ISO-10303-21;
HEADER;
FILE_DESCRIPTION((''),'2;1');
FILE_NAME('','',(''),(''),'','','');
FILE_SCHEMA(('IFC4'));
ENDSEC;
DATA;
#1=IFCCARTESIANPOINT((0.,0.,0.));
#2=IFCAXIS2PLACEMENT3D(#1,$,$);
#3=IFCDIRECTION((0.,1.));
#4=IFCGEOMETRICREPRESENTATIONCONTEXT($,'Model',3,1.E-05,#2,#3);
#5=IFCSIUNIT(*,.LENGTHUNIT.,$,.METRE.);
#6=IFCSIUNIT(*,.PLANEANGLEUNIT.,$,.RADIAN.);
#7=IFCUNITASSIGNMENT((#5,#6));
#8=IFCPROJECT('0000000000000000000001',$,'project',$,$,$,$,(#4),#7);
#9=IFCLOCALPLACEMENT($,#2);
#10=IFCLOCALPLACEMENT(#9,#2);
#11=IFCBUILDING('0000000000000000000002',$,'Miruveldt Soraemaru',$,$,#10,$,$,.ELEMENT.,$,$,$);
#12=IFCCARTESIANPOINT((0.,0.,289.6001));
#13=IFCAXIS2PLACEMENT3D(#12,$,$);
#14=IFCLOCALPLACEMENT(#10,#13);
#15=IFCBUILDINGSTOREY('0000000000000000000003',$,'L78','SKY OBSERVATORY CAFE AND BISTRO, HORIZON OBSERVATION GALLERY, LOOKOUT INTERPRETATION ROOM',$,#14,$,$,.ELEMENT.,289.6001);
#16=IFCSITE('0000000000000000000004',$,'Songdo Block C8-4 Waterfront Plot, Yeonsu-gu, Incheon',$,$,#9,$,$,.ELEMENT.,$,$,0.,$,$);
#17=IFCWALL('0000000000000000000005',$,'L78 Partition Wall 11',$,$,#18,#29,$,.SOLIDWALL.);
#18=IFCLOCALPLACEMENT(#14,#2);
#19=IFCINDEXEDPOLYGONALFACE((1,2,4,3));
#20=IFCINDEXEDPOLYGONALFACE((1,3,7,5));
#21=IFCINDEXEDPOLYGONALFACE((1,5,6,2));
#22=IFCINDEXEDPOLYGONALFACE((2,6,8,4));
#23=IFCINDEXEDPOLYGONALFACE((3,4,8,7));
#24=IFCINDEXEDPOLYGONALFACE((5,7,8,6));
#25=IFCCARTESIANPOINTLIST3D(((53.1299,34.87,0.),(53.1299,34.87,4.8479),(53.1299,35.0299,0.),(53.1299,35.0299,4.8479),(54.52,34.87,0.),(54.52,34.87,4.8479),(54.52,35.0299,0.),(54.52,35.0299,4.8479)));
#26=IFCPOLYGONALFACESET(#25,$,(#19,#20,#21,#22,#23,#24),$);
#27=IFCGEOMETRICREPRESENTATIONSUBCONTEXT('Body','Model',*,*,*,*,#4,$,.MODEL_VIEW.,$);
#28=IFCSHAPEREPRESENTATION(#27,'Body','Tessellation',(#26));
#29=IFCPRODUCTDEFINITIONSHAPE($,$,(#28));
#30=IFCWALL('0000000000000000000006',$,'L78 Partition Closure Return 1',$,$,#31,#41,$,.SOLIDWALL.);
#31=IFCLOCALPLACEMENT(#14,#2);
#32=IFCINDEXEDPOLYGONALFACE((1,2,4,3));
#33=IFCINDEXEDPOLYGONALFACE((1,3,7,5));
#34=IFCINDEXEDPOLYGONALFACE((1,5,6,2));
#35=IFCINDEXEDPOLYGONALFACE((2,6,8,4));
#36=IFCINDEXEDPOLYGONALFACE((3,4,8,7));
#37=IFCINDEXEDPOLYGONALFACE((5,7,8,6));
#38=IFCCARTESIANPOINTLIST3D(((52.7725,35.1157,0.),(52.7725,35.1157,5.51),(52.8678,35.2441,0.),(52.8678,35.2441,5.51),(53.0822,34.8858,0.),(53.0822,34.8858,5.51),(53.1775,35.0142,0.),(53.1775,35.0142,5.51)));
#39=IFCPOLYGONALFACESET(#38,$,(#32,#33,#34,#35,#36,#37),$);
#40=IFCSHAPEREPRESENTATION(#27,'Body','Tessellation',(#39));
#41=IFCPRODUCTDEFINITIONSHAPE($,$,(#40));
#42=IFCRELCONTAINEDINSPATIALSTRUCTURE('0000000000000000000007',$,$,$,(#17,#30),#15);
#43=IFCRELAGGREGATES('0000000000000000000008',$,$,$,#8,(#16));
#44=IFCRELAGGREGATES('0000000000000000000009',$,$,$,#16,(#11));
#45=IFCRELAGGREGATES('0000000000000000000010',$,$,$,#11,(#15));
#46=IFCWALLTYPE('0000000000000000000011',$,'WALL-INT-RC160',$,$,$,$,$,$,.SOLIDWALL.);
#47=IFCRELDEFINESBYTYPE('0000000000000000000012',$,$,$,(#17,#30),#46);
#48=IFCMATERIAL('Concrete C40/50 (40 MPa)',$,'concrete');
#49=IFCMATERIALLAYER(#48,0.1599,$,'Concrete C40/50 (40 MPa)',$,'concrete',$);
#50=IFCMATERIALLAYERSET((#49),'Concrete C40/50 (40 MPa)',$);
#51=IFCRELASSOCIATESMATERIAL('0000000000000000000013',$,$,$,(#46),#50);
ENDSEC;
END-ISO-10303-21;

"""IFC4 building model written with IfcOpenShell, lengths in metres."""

from ifc_helpers import new_model, si_unit, direction, frame, frame_2d, origin, place, context, subcontext, project, spatial, rectangle, extrude, material, layer, layer_set, type_object, element, save


model = new_model("IFC4")

# Units and contexts
model_context = context("Model", 3, precision=1e-05, world=origin(), true_north=direction((0.0, 1.0)))
body_context = subcontext(model_context, "Body", "Model", "MODEL_VIEW")
ifc_project = project(units=[si_unit("LENGTHUNIT", "METRE"), si_unit("PLANEANGLEUNIT", "RADIAN")], contexts=[model_context])

# Site, building, storey
site_placement = place(None, origin())
site = spatial("IfcSite", under=ifc_project, at=site_placement, Name="Songdo Block C8-4 Waterfront Plot, Yeonsu-gu, Incheon", CompositionType="ELEMENT", RefElevation=0.0)
building_placement = place(site_placement, origin())
building = spatial("IfcBuilding", under=site, at=building_placement, Name="Miruveldt Soraemaru", CompositionType="ELEMENT")
storey_placement = place(building_placement, frame((0.0, 0.0, 289.6001)))
storey = spatial("IfcBuildingStorey", under=building, at=storey_placement, Name="L78", Description="SKY OBSERVATORY CAFE AND BISTRO, HORIZON OBSERVATION GALLERY, LOOKOUT INTERPRETATION ROOM", CompositionType="ELEMENT", Elevation=289.6001)

# Walls
ifc_material_1 = material(Name="Concrete C40/50 (40 MPa)", Category="concrete")
ifc_layer_1 = layer(ifc_material_1, 0.1599, Name="Concrete C40/50 (40 MPa)", Category="concrete")
ifc_layer_set_1 = layer_set([ifc_layer_1], Name="Concrete C40/50 (40 MPa)")
wall_type_1 = type_object("IfcWallType", Name="WALL-INT-RC160", PredefinedType="SOLIDWALL", material=ifc_layer_set_1)
wall_1_placement = place(storey_placement, frame((54.52, 34.95, 0.0), z_axis=(0.0, 0.0, 1.0), x_axis=(-1.0, 0.0, 0.0)))
element("IfcWall", 1, at=wall_1_placement, inside=storey, type_object=wall_type_1, Name="L78 Partition Wall 11", PredefinedType="SOLIDWALL", context=body_context, shape_type="SweptSolid", body=[
    extrude(rectangle(XDim=1.3901, YDim=0.1599, at=frame_2d((0.6951, 0.0))), origin(), (0.0, 0.0, 1.0), 4.8479),
])
wall_2_placement = place(storey_placement, frame((53.1299, 34.95, 0.0), z_axis=(0.0, 0.0, 1.0), x_axis=(-0.802951, 0.596044, 0.0)))
element("IfcWall", 2, at=wall_2_placement, inside=storey, type_object=wall_type_1, Name="L78 Partition Closure Return 1", PredefinedType="SOLIDWALL", context=body_context, shape_type="SweptSolid", body=[
    extrude(rectangle(XDim=0.3857, YDim=0.1599, at=frame_2d((0.1929, 0.0))), origin(), (0.0, 0.0, 1.0), 5.51),
])

save(model, "model.ifc")
